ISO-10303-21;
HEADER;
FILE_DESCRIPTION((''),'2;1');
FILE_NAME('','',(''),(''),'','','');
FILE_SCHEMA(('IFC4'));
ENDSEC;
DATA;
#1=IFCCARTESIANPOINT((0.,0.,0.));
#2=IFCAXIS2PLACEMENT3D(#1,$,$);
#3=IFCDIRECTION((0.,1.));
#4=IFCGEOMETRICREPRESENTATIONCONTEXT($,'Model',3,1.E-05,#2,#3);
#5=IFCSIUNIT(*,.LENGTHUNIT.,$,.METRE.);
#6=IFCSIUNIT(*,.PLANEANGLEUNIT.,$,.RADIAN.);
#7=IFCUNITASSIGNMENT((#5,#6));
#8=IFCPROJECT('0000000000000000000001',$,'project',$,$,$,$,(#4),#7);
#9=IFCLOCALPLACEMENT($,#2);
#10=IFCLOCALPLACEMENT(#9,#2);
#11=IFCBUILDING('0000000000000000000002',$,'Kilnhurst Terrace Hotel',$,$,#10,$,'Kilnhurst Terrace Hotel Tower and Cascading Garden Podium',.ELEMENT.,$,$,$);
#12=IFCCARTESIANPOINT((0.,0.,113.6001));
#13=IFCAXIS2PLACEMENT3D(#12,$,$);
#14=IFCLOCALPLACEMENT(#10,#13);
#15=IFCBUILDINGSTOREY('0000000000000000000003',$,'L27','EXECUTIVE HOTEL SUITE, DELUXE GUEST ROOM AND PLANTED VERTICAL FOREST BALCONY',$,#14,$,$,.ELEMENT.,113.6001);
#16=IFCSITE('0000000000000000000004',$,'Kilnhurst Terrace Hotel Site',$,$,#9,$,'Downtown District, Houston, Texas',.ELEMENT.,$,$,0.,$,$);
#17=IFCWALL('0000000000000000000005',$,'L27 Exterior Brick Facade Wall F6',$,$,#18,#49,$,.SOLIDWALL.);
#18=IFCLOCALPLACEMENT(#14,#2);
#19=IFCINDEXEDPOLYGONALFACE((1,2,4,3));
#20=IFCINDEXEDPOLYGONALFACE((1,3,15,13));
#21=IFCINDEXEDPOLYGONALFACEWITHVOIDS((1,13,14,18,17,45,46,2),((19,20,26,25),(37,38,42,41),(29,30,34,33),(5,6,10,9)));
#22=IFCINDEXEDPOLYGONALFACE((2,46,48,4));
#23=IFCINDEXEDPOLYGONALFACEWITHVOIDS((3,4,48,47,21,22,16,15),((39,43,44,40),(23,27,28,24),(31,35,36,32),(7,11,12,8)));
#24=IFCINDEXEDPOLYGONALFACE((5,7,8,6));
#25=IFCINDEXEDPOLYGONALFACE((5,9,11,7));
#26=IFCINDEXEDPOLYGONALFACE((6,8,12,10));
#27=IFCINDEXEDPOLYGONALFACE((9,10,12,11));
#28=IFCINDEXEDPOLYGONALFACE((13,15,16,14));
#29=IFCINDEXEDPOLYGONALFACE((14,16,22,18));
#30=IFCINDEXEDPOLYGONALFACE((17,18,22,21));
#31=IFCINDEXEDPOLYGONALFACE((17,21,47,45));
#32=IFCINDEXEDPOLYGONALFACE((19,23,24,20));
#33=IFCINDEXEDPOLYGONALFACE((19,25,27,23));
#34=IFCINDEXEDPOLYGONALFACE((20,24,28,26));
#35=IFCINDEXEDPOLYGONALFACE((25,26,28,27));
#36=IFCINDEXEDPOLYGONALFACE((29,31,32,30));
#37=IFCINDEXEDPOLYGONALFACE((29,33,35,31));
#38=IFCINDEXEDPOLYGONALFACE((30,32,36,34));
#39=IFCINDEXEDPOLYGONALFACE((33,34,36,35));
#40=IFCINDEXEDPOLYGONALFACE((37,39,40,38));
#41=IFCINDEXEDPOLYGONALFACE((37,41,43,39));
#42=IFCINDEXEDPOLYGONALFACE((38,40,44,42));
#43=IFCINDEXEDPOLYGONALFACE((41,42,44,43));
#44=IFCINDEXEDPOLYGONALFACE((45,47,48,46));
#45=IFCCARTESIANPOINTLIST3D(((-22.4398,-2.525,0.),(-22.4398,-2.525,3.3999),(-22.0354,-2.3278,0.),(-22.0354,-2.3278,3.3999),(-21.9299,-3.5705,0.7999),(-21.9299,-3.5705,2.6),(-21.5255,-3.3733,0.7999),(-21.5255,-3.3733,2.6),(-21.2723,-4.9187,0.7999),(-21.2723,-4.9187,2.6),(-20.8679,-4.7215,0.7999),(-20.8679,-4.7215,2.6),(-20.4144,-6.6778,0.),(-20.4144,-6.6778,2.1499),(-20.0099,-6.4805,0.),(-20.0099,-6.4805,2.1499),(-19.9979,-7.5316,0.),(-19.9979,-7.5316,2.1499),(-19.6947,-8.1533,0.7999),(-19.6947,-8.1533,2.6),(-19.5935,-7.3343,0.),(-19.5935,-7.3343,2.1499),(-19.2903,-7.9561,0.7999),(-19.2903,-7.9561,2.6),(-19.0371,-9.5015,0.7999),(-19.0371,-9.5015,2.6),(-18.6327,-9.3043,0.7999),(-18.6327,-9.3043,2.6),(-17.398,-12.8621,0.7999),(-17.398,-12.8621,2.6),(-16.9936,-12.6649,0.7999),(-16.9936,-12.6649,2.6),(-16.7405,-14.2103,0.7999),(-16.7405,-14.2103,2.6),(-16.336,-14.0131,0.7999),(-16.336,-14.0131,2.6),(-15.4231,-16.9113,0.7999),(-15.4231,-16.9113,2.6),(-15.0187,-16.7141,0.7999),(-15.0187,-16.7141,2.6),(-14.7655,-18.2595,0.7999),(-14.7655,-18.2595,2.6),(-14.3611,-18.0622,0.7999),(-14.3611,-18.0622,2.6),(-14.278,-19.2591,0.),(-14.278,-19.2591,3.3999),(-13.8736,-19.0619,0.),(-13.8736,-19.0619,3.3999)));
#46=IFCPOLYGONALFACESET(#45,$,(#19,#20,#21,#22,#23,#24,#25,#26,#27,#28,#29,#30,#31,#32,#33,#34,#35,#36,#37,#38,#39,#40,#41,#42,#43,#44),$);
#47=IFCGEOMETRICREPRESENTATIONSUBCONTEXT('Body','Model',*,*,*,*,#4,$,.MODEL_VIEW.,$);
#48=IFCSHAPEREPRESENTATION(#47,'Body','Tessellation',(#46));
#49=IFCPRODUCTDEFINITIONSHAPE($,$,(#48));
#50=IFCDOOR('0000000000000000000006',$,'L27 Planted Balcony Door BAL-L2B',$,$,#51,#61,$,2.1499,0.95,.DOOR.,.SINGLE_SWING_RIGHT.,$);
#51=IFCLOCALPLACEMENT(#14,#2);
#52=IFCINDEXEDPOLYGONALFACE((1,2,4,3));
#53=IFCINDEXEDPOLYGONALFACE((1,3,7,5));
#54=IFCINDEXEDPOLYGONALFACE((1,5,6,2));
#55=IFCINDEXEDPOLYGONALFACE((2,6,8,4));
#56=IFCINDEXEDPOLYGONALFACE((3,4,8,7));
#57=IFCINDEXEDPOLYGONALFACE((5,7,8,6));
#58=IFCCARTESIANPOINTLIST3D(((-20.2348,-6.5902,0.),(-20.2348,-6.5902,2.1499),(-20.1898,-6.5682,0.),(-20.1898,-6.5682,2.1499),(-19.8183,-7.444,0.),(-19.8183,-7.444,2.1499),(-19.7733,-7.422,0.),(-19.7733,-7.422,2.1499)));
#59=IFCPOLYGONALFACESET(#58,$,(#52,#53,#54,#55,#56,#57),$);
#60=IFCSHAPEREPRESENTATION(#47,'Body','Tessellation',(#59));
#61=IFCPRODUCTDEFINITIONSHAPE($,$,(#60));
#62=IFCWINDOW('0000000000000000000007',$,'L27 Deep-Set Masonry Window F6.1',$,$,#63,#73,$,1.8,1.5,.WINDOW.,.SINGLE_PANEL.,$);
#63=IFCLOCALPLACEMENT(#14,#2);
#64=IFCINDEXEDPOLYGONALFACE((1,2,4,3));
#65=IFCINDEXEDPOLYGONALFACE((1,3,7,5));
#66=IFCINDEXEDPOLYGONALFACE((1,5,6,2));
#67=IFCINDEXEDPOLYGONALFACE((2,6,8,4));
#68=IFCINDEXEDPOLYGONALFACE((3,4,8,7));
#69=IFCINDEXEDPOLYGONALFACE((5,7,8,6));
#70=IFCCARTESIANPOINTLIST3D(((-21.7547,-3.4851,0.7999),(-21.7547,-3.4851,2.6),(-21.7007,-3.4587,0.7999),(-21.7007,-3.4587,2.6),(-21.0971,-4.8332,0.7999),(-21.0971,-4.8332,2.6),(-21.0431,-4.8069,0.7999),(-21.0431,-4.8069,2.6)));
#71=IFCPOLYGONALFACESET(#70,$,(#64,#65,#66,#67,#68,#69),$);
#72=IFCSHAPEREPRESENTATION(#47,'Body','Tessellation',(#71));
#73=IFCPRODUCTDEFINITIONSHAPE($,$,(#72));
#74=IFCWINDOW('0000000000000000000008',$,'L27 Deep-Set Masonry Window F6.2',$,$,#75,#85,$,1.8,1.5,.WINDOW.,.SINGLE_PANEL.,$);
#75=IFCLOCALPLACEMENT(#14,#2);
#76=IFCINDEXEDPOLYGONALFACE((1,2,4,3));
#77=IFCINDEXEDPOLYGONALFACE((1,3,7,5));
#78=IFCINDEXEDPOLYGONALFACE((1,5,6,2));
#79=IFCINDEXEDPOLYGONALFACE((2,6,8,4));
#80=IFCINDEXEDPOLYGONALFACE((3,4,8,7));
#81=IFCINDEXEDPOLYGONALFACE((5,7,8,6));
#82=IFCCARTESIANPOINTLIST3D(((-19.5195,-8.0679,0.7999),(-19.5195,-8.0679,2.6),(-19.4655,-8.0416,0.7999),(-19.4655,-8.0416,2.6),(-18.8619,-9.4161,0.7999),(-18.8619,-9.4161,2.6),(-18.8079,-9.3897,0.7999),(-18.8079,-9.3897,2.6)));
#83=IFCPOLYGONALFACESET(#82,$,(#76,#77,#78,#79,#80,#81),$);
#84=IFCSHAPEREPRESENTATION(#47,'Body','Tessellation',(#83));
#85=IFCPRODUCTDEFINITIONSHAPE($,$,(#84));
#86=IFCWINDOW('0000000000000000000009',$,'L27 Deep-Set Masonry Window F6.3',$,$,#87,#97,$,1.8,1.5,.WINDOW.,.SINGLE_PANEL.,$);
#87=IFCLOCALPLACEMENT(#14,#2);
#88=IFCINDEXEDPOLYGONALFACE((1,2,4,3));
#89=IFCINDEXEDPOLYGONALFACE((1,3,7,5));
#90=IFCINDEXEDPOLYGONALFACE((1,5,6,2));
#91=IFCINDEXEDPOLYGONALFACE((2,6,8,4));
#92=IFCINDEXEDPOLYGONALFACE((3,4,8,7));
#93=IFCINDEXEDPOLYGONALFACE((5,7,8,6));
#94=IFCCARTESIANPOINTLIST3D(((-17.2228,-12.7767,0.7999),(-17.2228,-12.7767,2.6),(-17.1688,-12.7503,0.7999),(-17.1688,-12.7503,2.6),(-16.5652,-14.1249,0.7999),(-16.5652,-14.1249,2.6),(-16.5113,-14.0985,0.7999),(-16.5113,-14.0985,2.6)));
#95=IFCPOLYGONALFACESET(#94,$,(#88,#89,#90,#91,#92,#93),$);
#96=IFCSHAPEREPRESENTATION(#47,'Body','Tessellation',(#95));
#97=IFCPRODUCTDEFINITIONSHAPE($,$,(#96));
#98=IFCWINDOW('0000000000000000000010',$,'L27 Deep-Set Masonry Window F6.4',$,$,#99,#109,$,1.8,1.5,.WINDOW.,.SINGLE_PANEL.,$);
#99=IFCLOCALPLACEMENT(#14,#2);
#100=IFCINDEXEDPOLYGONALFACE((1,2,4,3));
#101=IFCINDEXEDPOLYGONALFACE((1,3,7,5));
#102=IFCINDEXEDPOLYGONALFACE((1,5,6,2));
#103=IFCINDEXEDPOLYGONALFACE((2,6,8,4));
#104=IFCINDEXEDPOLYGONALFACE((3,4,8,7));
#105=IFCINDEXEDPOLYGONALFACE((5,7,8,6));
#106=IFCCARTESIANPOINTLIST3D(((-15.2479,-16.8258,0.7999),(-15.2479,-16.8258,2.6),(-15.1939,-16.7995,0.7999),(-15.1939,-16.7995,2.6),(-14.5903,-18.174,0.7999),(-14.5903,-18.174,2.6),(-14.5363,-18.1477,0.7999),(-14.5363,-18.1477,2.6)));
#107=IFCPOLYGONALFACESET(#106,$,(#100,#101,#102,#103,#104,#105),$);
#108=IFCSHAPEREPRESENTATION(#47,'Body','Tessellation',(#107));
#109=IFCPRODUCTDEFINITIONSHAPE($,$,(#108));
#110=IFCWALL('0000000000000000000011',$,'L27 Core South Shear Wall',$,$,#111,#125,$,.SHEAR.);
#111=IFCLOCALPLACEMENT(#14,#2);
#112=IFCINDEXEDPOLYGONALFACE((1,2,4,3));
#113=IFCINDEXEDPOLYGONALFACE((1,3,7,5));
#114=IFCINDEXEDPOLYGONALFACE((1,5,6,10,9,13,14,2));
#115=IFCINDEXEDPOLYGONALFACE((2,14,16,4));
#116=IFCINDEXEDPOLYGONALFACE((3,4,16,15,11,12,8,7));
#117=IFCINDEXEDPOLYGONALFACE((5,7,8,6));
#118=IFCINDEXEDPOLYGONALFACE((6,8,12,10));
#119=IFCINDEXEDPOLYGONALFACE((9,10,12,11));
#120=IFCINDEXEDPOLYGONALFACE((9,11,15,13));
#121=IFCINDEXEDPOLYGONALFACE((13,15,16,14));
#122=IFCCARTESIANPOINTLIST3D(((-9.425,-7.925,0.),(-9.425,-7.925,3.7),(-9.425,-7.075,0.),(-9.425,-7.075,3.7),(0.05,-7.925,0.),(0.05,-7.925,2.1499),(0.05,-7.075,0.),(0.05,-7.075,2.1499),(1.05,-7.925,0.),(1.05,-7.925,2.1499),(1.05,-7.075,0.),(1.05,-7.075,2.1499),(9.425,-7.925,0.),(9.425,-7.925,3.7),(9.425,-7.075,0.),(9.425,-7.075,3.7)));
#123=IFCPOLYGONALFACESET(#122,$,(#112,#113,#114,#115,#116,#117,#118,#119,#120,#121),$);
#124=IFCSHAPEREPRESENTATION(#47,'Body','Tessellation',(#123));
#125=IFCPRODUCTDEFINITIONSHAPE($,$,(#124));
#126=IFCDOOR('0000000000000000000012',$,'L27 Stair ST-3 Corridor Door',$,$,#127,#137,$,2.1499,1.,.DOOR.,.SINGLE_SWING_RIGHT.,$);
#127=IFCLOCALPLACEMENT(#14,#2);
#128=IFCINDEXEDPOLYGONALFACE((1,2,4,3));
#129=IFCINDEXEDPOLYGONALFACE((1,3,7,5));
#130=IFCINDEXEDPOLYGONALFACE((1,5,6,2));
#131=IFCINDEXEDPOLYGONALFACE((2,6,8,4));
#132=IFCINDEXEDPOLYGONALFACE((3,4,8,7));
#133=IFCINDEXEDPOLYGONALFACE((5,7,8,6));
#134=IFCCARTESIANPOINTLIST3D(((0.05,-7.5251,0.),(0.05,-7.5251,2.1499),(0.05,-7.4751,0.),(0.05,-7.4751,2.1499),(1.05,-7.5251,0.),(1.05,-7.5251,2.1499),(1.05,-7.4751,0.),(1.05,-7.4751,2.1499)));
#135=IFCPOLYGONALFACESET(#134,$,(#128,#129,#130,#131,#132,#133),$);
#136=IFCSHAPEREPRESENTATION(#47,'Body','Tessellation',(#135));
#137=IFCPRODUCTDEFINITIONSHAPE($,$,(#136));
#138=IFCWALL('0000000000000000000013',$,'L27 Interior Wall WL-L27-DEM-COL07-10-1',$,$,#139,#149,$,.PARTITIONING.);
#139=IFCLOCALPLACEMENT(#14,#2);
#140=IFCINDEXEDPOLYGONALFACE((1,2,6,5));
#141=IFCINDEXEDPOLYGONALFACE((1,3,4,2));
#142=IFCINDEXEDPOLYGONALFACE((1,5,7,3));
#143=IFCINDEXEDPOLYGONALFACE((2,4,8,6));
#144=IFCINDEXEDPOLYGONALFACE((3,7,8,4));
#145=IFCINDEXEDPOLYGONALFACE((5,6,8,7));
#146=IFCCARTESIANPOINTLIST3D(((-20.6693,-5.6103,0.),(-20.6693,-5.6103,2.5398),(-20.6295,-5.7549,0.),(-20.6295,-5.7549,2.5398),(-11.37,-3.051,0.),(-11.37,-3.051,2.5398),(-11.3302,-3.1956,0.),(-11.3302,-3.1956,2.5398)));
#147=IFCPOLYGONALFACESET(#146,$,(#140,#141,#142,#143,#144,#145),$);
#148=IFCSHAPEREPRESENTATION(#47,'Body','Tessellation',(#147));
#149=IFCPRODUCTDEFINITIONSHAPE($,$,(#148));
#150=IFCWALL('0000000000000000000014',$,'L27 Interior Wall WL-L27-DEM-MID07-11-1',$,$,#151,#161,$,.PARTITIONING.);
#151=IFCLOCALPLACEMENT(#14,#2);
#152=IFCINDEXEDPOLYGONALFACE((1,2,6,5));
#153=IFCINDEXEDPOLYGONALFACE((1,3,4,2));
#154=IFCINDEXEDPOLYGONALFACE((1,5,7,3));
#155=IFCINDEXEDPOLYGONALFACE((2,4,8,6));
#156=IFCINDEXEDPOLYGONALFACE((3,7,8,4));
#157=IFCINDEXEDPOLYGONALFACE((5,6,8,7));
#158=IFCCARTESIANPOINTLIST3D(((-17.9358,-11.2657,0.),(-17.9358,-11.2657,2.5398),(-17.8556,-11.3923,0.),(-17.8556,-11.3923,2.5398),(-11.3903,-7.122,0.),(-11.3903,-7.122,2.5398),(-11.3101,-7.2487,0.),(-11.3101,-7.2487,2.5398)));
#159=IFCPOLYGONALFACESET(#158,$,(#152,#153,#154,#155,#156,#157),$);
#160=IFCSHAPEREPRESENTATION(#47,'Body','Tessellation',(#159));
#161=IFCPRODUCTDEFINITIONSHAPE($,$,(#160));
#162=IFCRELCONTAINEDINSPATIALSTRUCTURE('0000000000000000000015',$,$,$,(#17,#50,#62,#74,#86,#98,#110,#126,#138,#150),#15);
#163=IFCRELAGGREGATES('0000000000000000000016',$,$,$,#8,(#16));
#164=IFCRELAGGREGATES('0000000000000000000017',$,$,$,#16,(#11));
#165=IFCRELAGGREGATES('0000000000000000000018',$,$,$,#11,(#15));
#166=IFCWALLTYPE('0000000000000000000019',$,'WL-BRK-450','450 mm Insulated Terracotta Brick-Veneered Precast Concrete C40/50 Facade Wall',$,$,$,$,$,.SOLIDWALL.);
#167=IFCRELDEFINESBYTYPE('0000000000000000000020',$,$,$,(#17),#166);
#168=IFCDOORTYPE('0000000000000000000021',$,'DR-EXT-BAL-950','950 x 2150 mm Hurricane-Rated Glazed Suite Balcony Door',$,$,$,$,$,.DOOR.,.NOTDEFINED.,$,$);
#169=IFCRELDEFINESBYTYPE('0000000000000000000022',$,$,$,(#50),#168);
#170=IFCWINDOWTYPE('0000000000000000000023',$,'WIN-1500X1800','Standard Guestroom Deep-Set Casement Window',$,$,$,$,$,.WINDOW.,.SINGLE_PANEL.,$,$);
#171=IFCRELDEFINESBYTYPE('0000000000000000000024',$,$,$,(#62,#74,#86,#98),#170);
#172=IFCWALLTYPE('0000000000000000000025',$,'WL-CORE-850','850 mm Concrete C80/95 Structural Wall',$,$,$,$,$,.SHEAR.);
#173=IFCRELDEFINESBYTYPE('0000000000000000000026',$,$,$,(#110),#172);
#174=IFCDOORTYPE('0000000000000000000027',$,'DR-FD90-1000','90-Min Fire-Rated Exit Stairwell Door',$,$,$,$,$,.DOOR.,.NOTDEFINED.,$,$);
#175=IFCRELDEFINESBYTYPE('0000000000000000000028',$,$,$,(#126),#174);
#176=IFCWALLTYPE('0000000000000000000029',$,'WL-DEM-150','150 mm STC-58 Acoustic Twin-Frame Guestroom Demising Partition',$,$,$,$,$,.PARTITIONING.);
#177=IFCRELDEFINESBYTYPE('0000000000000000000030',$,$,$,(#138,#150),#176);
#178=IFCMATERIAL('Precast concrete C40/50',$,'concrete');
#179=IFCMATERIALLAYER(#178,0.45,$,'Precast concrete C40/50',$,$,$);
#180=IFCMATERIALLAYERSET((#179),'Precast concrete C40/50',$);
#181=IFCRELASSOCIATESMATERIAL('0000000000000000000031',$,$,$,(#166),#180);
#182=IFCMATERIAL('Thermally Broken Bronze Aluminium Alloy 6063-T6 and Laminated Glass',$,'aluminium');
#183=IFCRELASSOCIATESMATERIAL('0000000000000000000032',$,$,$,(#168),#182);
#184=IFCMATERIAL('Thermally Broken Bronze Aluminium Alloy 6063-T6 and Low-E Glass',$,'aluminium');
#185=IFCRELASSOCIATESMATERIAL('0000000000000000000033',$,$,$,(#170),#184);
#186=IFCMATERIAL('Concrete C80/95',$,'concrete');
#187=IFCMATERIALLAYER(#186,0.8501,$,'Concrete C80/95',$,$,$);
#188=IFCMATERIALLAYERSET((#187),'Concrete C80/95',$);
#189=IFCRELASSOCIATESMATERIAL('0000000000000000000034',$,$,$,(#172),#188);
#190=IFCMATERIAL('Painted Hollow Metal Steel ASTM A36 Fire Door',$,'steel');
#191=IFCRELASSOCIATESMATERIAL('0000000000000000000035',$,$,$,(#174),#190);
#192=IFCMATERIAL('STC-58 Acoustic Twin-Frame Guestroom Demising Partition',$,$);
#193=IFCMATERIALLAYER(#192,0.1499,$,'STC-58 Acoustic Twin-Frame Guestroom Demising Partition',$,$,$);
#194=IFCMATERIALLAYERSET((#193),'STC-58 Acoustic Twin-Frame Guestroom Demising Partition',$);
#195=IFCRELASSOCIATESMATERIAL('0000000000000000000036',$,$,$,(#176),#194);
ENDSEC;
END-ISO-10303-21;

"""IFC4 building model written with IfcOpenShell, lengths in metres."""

from ifc_helpers import new_model, si_unit, direction, frame, frame_2d, origin, place, context, subcontext, project, spatial, rectangle, extrude, material, layer, layer_set, type_object, element, fill, save


model = new_model("IFC4")

# Units and contexts
model_context = context("Model", 3, precision=1e-05, world=origin(), true_north=direction((0.0, 1.0)))
body_context = subcontext(model_context, "Body", "Model", "MODEL_VIEW")
ifc_project = project(units=[si_unit("LENGTHUNIT", "METRE"), si_unit("PLANEANGLEUNIT", "RADIAN")], contexts=[model_context])

# Site, building, storey
site_placement = place(None, origin())
site = spatial("IfcSite", under=ifc_project, at=site_placement, Name="Kilnhurst Terrace Hotel Site", LongName="Downtown District, Houston, Texas", CompositionType="ELEMENT", RefElevation=0.0)
building_placement = place(site_placement, origin())
building = spatial("IfcBuilding", under=site, at=building_placement, Name="Kilnhurst Terrace Hotel", LongName="Kilnhurst Terrace Hotel Tower and Cascading Garden Podium", CompositionType="ELEMENT")
storey_placement = place(building_placement, frame((0.0, 0.0, 113.6001)))
storey = spatial("IfcBuildingStorey", under=building, at=storey_placement, Name="L27", Description="EXECUTIVE HOTEL SUITE, DELUXE GUEST ROOM AND PLANTED VERTICAL FOREST BALCONY", CompositionType="ELEMENT", Elevation=113.6001)

# Shared definitions
ifc_material_1 = material(Name="Concrete C80/95", Category="concrete")

# Wall, openings, door, windows
ifc_material_2 = material(Name="Precast concrete C40/50", Category="concrete")
ifc_layer_1 = layer(ifc_material_2, 0.45, Name="Precast concrete C40/50")
ifc_layer_set_1 = layer_set([ifc_layer_1], Name="Precast concrete C40/50")
wall_type_1 = type_object("IfcWallType", Name="WL-BRK-450", Description="450 mm Insulated Terracotta Brick-Veneered Precast Concrete C40/50 Facade Wall", PredefinedType="SOLIDWALL", material=ifc_layer_set_1)
wall_1_placement = place(storey_placement, frame((-22.2375, -2.4265, 0.0), z_axis=(0.0, 0.0, 1.0), x_axis=(0.438375, -0.898792, 0.0)))
wall_1 = element("IfcWall", 1, at=wall_1_placement, inside=storey, type_object=wall_type_1, Name="L27 Exterior Brick Facade Wall F6", PredefinedType="SOLIDWALL", context=body_context, shape_type="SweptSolid", body=[
    extrude(rectangle(XDim=18.6184, YDim=0.45, at=frame_2d((9.3091, 0.0))), origin(), (0.0, 0.0, 1.0), 3.3999),
])
opening_1_placement = place(wall_1_placement, frame((4.6201, 0.0, 0.0)))
opening_1 = element("IfcOpeningElement", 2, at=opening_1_placement, cuts=wall_1, PredefinedType="OPENING", context=body_context, shape_type="SweptSolid", body=[
    extrude(rectangle(XDim=0.95, YDim=2.1499, at=frame_2d((0.4751, 1.075))), frame((0.0, 0.2349, 0.0), z_axis=(0.0, -1.0, 0.0), x_axis=(1.0, 0.0, 0.0)), (0.0, 0.0, 1.0), 0.47),
])
opening_2_placement = place(wall_1_placement, frame((1.1631, 0.0, 0.8)))
opening_2 = element("IfcOpeningElement", 3, at=opening_2_placement, cuts=wall_1, PredefinedType="OPENING", context=body_context, shape_type="SweptSolid", body=[
    extrude(rectangle(XDim=1.5, YDim=1.8, at=frame_2d((0.75, 0.8999))), frame((0.0, 0.2349, 0.0), z_axis=(0.0, -1.0, 0.0), x_axis=(1.0, 0.0, 0.0)), (0.0, 0.0, 1.0), 0.47),
])
opening_3_placement = place(wall_1_placement, frame((6.262, 0.0, 0.8)))
opening_3 = element("IfcOpeningElement", 4, at=opening_3_placement, cuts=wall_1, PredefinedType="OPENING", context=body_context, shape_type="SweptSolid", body=[
    extrude(rectangle(XDim=1.5, YDim=1.8, at=frame_2d((0.75, 0.8999))), frame((0.0, 0.2349, 0.0), z_axis=(0.0, -1.0, 0.0), x_axis=(1.0, 0.0, 0.0)), (0.0, 0.0, 1.0), 0.47),
])
opening_4_placement = place(wall_1_placement, frame((11.501, 0.0, 0.8)))
opening_4 = element("IfcOpeningElement", 5, at=opening_4_placement, cuts=wall_1, PredefinedType="OPENING", context=body_context, shape_type="SweptSolid", body=[
    extrude(rectangle(XDim=1.5, YDim=1.8, at=frame_2d((0.75, 0.8999))), frame((0.0, 0.2349, 0.0), z_axis=(0.0, -1.0, 0.0), x_axis=(1.0, 0.0, 0.0)), (0.0, 0.0, 1.0), 0.47),
])
opening_5_placement = place(wall_1_placement, frame((16.0061, 0.0, 0.8)))
opening_5 = element("IfcOpeningElement", 6, at=opening_5_placement, cuts=wall_1, PredefinedType="OPENING", context=body_context, shape_type="SweptSolid", body=[
    extrude(rectangle(XDim=1.5, YDim=1.8, at=frame_2d((0.75, 0.8999))), frame((0.0, 0.2349, 0.0), z_axis=(0.0, -1.0, 0.0), x_axis=(1.0, 0.0, 0.0)), (0.0, 0.0, 1.0), 0.47),
])
ifc_material_3 = material(Name="Thermally Broken Bronze Aluminium Alloy 6063-T6 and Laminated Glass", Category="aluminium")
door_type_1 = type_object("IfcDoorType", Name="DR-EXT-BAL-950", Description="950 x 2150 mm Hurricane-Rated Glazed Suite Balcony Door", OperationType="NOTDEFINED", PredefinedType="DOOR", material=ifc_material_3)
door_1_placement = place(opening_1_placement, origin())
door_1 = element("IfcDoor", 7, at=door_1_placement, inside=storey, type_object=door_type_1, Name="L27 Planted Balcony Door BAL-L2B", OperationType="SINGLE_SWING_RIGHT", OverallHeight=2.1499, OverallWidth=0.95, PredefinedType="DOOR", context=body_context, shape_type="SweptSolid", body=[
    extrude(rectangle(XDim=0.95, YDim=2.1499, at=frame_2d((0.4751, 1.075))), frame((0.0, 0.0249, 0.0), z_axis=(0.0, -1.0, 0.0), x_axis=(1.0, 0.0, 0.0)), (0.0, 0.0, 1.0), 0.05),
])
fill(opening_1, door_1)
ifc_material_4 = material(Name="Thermally Broken Bronze Aluminium Alloy 6063-T6 and Low-E Glass", Category="aluminium")
window_type = type_object("IfcWindowType", Name="WIN-1500X1800", Description="Standard Guestroom Deep-Set Casement Window", PartitioningType="SINGLE_PANEL", PredefinedType="WINDOW", material=ifc_material_4)
window_1_placement = place(opening_2_placement, origin())
window_1 = element("IfcWindow", 8, at=window_1_placement, inside=storey, type_object=window_type, Name="L27 Deep-Set Masonry Window F6.1", OverallHeight=1.8, OverallWidth=1.5, PartitioningType="SINGLE_PANEL", PredefinedType="WINDOW", context=body_context, shape_type="SweptSolid", body=[
    extrude(rectangle(XDim=1.5, YDim=1.8, at=frame_2d((0.75, 0.8999))), frame((0.0, 0.03, 0.0), z_axis=(0.0, -1.0, 0.0), x_axis=(1.0, 0.0, 0.0)), (0.0, 0.0, 1.0), 0.0601),
])
fill(opening_2, window_1)
window_2_placement = place(opening_3_placement, origin())
window_2 = element("IfcWindow", 9, at=window_2_placement, inside=storey, type_object=window_type, Name="L27 Deep-Set Masonry Window F6.2", OverallHeight=1.8, OverallWidth=1.5, PartitioningType="SINGLE_PANEL", PredefinedType="WINDOW", context=body_context, shape_type="SweptSolid", body=[
    extrude(rectangle(XDim=1.5, YDim=1.8, at=frame_2d((0.75, 0.8999))), frame((0.0, 0.03, 0.0), z_axis=(0.0, -1.0, 0.0), x_axis=(1.0, 0.0, 0.0)), (0.0, 0.0, 1.0), 0.0601),
])
fill(opening_3, window_2)
window_3_placement = place(opening_4_placement, origin())
window_3 = element("IfcWindow", 10, at=window_3_placement, inside=storey, type_object=window_type, Name="L27 Deep-Set Masonry Window F6.3", OverallHeight=1.8, OverallWidth=1.5, PartitioningType="SINGLE_PANEL", PredefinedType="WINDOW", context=body_context, shape_type="SweptSolid", body=[
    extrude(rectangle(XDim=1.5, YDim=1.8, at=frame_2d((0.75, 0.8999))), frame((0.0, 0.03, 0.0), z_axis=(0.0, -1.0, 0.0), x_axis=(1.0, 0.0, 0.0)), (0.0, 0.0, 1.0), 0.0601),
])
fill(opening_4, window_3)
window_4_placement = place(opening_5_placement, origin())
window_4 = element("IfcWindow", 11, at=window_4_placement, inside=storey, type_object=window_type, Name="L27 Deep-Set Masonry Window F6.4", OverallHeight=1.8, OverallWidth=1.5, PartitioningType="SINGLE_PANEL", PredefinedType="WINDOW", context=body_context, shape_type="SweptSolid", body=[
    extrude(rectangle(XDim=1.5, YDim=1.8, at=frame_2d((0.75, 0.8999))), frame((0.0, 0.03, 0.0), z_axis=(0.0, -1.0, 0.0), x_axis=(1.0, 0.0, 0.0)), (0.0, 0.0, 1.0), 0.0601),
])
fill(opening_5, window_4)

# Wall, opening, door
ifc_layer_2 = layer(ifc_material_1, 0.8501, Name="Concrete C80/95")
ifc_layer_set_2 = layer_set([ifc_layer_2], Name="Concrete C80/95")
wall_type_2 = type_object("IfcWallType", Name="WL-CORE-850", Description="850 mm Concrete C80/95 Structural Wall", PredefinedType="SHEAR", material=ifc_layer_set_2)
wall_2_placement = place(storey_placement, frame((-9.425, -7.5, 0.0), z_axis=(0.0, 0.0, 1.0), x_axis=(1.0, 0.0, 0.0)))
wall_2 = element("IfcWall", 12, at=wall_2_placement, inside=storey, type_object=wall_type_2, Name="L27 Core South Shear Wall", PredefinedType="SHEAR", context=body_context, shape_type="SweptSolid", body=[
    extrude(rectangle(XDim=18.8501, YDim=0.8501, at=frame_2d((9.425, 0.0))), origin(), (0.0, 0.0, 1.0), 3.7),
])
opening_6_placement = place(wall_2_placement, frame((9.4751, 0.0, 0.0)))
opening_6 = element("IfcOpeningElement", 13, at=opening_6_placement, cuts=wall_2, PredefinedType="OPENING", context=body_context, shape_type="SweptSolid", body=[
    extrude(rectangle(XDim=1.0, YDim=2.1499, at=frame_2d((0.5, 1.075))), frame((0.0, 0.4351, 0.0), z_axis=(0.0, -1.0, 0.0), x_axis=(1.0, 0.0, 0.0)), (0.0, 0.0, 1.0), 0.8701),
])
ifc_material_5 = material(Name="Painted Hollow Metal Steel ASTM A36 Fire Door", Category="steel")
door_type_2 = type_object("IfcDoorType", Name="DR-FD90-1000", Description="90-Min Fire-Rated Exit Stairwell Door", OperationType="NOTDEFINED", PredefinedType="DOOR", material=ifc_material_5)
door_2_placement = place(opening_6_placement, origin())
door_2 = element("IfcDoor", 14, at=door_2_placement, inside=storey, type_object=door_type_2, Name="L27 Stair ST-3 Corridor Door", OperationType="SINGLE_SWING_RIGHT", OverallHeight=2.1499, OverallWidth=1.0, PredefinedType="DOOR", context=body_context, shape_type="SweptSolid", body=[
    extrude(rectangle(XDim=1.0, YDim=2.1499, at=frame_2d((0.5, 1.075))), frame((0.0, 0.0249, 0.0), z_axis=(0.0, -1.0, 0.0), x_axis=(1.0, 0.0, 0.0)), (0.0, 0.0, 1.0), 0.05),
])
fill(opening_6, door_2)

# Walls
ifc_material_6 = material(Name="STC-58 Acoustic Twin-Frame Guestroom Demising Partition")
ifc_layer_3 = layer(ifc_material_6, 0.1499, Name="STC-58 Acoustic Twin-Frame Guestroom Demising Partition")
ifc_layer_set_3 = layer_set([ifc_layer_3], Name="STC-58 Acoustic Twin-Frame Guestroom Demising Partition")
wall_type_3 = type_object("IfcWallType", Name="WL-DEM-150", Description="150 mm STC-58 Acoustic Twin-Frame Guestroom Demising Partition", PredefinedType="PARTITIONING", material=ifc_layer_set_3)
wall_3_placement = place(storey_placement, frame((-11.3501, -3.1233, 0.0), z_axis=(0.0, 0.0, 1.0), x_axis=(-0.964152, -0.265351, 0.0)))
element("IfcWall", 15, at=wall_3_placement, inside=storey, type_object=wall_type_3, Name="L27 Interior Wall WL-L27-DEM-COL07-10-1", PredefinedType="PARTITIONING", context=body_context, shape_type="SweptSolid", body=[
    extrude(rectangle(XDim=9.645, YDim=0.1499, at=frame_2d((4.8225, 0.0))), origin(), (0.0, 0.0, 1.0), 2.5398),
])
wall_4_placement = place(storey_placement, frame((-11.3501, -7.1853, 0.0), z_axis=(0.0, 0.0, 1.0), x_axis=(-0.844928, -0.53488, 0.0)))
element("IfcWall", 16, at=wall_4_placement, inside=storey, type_object=wall_type_3, Name="L27 Interior Wall WL-L27-DEM-MID07-11-1", PredefinedType="PARTITIONING", context=body_context, shape_type="SweptSolid", body=[
    extrude(rectangle(XDim=7.7468, YDim=0.1499, at=frame_2d((3.8735, 0.0))), origin(), (0.0, 0.0, 1.0), 2.5398),
])

save(model, "model.ifc")
